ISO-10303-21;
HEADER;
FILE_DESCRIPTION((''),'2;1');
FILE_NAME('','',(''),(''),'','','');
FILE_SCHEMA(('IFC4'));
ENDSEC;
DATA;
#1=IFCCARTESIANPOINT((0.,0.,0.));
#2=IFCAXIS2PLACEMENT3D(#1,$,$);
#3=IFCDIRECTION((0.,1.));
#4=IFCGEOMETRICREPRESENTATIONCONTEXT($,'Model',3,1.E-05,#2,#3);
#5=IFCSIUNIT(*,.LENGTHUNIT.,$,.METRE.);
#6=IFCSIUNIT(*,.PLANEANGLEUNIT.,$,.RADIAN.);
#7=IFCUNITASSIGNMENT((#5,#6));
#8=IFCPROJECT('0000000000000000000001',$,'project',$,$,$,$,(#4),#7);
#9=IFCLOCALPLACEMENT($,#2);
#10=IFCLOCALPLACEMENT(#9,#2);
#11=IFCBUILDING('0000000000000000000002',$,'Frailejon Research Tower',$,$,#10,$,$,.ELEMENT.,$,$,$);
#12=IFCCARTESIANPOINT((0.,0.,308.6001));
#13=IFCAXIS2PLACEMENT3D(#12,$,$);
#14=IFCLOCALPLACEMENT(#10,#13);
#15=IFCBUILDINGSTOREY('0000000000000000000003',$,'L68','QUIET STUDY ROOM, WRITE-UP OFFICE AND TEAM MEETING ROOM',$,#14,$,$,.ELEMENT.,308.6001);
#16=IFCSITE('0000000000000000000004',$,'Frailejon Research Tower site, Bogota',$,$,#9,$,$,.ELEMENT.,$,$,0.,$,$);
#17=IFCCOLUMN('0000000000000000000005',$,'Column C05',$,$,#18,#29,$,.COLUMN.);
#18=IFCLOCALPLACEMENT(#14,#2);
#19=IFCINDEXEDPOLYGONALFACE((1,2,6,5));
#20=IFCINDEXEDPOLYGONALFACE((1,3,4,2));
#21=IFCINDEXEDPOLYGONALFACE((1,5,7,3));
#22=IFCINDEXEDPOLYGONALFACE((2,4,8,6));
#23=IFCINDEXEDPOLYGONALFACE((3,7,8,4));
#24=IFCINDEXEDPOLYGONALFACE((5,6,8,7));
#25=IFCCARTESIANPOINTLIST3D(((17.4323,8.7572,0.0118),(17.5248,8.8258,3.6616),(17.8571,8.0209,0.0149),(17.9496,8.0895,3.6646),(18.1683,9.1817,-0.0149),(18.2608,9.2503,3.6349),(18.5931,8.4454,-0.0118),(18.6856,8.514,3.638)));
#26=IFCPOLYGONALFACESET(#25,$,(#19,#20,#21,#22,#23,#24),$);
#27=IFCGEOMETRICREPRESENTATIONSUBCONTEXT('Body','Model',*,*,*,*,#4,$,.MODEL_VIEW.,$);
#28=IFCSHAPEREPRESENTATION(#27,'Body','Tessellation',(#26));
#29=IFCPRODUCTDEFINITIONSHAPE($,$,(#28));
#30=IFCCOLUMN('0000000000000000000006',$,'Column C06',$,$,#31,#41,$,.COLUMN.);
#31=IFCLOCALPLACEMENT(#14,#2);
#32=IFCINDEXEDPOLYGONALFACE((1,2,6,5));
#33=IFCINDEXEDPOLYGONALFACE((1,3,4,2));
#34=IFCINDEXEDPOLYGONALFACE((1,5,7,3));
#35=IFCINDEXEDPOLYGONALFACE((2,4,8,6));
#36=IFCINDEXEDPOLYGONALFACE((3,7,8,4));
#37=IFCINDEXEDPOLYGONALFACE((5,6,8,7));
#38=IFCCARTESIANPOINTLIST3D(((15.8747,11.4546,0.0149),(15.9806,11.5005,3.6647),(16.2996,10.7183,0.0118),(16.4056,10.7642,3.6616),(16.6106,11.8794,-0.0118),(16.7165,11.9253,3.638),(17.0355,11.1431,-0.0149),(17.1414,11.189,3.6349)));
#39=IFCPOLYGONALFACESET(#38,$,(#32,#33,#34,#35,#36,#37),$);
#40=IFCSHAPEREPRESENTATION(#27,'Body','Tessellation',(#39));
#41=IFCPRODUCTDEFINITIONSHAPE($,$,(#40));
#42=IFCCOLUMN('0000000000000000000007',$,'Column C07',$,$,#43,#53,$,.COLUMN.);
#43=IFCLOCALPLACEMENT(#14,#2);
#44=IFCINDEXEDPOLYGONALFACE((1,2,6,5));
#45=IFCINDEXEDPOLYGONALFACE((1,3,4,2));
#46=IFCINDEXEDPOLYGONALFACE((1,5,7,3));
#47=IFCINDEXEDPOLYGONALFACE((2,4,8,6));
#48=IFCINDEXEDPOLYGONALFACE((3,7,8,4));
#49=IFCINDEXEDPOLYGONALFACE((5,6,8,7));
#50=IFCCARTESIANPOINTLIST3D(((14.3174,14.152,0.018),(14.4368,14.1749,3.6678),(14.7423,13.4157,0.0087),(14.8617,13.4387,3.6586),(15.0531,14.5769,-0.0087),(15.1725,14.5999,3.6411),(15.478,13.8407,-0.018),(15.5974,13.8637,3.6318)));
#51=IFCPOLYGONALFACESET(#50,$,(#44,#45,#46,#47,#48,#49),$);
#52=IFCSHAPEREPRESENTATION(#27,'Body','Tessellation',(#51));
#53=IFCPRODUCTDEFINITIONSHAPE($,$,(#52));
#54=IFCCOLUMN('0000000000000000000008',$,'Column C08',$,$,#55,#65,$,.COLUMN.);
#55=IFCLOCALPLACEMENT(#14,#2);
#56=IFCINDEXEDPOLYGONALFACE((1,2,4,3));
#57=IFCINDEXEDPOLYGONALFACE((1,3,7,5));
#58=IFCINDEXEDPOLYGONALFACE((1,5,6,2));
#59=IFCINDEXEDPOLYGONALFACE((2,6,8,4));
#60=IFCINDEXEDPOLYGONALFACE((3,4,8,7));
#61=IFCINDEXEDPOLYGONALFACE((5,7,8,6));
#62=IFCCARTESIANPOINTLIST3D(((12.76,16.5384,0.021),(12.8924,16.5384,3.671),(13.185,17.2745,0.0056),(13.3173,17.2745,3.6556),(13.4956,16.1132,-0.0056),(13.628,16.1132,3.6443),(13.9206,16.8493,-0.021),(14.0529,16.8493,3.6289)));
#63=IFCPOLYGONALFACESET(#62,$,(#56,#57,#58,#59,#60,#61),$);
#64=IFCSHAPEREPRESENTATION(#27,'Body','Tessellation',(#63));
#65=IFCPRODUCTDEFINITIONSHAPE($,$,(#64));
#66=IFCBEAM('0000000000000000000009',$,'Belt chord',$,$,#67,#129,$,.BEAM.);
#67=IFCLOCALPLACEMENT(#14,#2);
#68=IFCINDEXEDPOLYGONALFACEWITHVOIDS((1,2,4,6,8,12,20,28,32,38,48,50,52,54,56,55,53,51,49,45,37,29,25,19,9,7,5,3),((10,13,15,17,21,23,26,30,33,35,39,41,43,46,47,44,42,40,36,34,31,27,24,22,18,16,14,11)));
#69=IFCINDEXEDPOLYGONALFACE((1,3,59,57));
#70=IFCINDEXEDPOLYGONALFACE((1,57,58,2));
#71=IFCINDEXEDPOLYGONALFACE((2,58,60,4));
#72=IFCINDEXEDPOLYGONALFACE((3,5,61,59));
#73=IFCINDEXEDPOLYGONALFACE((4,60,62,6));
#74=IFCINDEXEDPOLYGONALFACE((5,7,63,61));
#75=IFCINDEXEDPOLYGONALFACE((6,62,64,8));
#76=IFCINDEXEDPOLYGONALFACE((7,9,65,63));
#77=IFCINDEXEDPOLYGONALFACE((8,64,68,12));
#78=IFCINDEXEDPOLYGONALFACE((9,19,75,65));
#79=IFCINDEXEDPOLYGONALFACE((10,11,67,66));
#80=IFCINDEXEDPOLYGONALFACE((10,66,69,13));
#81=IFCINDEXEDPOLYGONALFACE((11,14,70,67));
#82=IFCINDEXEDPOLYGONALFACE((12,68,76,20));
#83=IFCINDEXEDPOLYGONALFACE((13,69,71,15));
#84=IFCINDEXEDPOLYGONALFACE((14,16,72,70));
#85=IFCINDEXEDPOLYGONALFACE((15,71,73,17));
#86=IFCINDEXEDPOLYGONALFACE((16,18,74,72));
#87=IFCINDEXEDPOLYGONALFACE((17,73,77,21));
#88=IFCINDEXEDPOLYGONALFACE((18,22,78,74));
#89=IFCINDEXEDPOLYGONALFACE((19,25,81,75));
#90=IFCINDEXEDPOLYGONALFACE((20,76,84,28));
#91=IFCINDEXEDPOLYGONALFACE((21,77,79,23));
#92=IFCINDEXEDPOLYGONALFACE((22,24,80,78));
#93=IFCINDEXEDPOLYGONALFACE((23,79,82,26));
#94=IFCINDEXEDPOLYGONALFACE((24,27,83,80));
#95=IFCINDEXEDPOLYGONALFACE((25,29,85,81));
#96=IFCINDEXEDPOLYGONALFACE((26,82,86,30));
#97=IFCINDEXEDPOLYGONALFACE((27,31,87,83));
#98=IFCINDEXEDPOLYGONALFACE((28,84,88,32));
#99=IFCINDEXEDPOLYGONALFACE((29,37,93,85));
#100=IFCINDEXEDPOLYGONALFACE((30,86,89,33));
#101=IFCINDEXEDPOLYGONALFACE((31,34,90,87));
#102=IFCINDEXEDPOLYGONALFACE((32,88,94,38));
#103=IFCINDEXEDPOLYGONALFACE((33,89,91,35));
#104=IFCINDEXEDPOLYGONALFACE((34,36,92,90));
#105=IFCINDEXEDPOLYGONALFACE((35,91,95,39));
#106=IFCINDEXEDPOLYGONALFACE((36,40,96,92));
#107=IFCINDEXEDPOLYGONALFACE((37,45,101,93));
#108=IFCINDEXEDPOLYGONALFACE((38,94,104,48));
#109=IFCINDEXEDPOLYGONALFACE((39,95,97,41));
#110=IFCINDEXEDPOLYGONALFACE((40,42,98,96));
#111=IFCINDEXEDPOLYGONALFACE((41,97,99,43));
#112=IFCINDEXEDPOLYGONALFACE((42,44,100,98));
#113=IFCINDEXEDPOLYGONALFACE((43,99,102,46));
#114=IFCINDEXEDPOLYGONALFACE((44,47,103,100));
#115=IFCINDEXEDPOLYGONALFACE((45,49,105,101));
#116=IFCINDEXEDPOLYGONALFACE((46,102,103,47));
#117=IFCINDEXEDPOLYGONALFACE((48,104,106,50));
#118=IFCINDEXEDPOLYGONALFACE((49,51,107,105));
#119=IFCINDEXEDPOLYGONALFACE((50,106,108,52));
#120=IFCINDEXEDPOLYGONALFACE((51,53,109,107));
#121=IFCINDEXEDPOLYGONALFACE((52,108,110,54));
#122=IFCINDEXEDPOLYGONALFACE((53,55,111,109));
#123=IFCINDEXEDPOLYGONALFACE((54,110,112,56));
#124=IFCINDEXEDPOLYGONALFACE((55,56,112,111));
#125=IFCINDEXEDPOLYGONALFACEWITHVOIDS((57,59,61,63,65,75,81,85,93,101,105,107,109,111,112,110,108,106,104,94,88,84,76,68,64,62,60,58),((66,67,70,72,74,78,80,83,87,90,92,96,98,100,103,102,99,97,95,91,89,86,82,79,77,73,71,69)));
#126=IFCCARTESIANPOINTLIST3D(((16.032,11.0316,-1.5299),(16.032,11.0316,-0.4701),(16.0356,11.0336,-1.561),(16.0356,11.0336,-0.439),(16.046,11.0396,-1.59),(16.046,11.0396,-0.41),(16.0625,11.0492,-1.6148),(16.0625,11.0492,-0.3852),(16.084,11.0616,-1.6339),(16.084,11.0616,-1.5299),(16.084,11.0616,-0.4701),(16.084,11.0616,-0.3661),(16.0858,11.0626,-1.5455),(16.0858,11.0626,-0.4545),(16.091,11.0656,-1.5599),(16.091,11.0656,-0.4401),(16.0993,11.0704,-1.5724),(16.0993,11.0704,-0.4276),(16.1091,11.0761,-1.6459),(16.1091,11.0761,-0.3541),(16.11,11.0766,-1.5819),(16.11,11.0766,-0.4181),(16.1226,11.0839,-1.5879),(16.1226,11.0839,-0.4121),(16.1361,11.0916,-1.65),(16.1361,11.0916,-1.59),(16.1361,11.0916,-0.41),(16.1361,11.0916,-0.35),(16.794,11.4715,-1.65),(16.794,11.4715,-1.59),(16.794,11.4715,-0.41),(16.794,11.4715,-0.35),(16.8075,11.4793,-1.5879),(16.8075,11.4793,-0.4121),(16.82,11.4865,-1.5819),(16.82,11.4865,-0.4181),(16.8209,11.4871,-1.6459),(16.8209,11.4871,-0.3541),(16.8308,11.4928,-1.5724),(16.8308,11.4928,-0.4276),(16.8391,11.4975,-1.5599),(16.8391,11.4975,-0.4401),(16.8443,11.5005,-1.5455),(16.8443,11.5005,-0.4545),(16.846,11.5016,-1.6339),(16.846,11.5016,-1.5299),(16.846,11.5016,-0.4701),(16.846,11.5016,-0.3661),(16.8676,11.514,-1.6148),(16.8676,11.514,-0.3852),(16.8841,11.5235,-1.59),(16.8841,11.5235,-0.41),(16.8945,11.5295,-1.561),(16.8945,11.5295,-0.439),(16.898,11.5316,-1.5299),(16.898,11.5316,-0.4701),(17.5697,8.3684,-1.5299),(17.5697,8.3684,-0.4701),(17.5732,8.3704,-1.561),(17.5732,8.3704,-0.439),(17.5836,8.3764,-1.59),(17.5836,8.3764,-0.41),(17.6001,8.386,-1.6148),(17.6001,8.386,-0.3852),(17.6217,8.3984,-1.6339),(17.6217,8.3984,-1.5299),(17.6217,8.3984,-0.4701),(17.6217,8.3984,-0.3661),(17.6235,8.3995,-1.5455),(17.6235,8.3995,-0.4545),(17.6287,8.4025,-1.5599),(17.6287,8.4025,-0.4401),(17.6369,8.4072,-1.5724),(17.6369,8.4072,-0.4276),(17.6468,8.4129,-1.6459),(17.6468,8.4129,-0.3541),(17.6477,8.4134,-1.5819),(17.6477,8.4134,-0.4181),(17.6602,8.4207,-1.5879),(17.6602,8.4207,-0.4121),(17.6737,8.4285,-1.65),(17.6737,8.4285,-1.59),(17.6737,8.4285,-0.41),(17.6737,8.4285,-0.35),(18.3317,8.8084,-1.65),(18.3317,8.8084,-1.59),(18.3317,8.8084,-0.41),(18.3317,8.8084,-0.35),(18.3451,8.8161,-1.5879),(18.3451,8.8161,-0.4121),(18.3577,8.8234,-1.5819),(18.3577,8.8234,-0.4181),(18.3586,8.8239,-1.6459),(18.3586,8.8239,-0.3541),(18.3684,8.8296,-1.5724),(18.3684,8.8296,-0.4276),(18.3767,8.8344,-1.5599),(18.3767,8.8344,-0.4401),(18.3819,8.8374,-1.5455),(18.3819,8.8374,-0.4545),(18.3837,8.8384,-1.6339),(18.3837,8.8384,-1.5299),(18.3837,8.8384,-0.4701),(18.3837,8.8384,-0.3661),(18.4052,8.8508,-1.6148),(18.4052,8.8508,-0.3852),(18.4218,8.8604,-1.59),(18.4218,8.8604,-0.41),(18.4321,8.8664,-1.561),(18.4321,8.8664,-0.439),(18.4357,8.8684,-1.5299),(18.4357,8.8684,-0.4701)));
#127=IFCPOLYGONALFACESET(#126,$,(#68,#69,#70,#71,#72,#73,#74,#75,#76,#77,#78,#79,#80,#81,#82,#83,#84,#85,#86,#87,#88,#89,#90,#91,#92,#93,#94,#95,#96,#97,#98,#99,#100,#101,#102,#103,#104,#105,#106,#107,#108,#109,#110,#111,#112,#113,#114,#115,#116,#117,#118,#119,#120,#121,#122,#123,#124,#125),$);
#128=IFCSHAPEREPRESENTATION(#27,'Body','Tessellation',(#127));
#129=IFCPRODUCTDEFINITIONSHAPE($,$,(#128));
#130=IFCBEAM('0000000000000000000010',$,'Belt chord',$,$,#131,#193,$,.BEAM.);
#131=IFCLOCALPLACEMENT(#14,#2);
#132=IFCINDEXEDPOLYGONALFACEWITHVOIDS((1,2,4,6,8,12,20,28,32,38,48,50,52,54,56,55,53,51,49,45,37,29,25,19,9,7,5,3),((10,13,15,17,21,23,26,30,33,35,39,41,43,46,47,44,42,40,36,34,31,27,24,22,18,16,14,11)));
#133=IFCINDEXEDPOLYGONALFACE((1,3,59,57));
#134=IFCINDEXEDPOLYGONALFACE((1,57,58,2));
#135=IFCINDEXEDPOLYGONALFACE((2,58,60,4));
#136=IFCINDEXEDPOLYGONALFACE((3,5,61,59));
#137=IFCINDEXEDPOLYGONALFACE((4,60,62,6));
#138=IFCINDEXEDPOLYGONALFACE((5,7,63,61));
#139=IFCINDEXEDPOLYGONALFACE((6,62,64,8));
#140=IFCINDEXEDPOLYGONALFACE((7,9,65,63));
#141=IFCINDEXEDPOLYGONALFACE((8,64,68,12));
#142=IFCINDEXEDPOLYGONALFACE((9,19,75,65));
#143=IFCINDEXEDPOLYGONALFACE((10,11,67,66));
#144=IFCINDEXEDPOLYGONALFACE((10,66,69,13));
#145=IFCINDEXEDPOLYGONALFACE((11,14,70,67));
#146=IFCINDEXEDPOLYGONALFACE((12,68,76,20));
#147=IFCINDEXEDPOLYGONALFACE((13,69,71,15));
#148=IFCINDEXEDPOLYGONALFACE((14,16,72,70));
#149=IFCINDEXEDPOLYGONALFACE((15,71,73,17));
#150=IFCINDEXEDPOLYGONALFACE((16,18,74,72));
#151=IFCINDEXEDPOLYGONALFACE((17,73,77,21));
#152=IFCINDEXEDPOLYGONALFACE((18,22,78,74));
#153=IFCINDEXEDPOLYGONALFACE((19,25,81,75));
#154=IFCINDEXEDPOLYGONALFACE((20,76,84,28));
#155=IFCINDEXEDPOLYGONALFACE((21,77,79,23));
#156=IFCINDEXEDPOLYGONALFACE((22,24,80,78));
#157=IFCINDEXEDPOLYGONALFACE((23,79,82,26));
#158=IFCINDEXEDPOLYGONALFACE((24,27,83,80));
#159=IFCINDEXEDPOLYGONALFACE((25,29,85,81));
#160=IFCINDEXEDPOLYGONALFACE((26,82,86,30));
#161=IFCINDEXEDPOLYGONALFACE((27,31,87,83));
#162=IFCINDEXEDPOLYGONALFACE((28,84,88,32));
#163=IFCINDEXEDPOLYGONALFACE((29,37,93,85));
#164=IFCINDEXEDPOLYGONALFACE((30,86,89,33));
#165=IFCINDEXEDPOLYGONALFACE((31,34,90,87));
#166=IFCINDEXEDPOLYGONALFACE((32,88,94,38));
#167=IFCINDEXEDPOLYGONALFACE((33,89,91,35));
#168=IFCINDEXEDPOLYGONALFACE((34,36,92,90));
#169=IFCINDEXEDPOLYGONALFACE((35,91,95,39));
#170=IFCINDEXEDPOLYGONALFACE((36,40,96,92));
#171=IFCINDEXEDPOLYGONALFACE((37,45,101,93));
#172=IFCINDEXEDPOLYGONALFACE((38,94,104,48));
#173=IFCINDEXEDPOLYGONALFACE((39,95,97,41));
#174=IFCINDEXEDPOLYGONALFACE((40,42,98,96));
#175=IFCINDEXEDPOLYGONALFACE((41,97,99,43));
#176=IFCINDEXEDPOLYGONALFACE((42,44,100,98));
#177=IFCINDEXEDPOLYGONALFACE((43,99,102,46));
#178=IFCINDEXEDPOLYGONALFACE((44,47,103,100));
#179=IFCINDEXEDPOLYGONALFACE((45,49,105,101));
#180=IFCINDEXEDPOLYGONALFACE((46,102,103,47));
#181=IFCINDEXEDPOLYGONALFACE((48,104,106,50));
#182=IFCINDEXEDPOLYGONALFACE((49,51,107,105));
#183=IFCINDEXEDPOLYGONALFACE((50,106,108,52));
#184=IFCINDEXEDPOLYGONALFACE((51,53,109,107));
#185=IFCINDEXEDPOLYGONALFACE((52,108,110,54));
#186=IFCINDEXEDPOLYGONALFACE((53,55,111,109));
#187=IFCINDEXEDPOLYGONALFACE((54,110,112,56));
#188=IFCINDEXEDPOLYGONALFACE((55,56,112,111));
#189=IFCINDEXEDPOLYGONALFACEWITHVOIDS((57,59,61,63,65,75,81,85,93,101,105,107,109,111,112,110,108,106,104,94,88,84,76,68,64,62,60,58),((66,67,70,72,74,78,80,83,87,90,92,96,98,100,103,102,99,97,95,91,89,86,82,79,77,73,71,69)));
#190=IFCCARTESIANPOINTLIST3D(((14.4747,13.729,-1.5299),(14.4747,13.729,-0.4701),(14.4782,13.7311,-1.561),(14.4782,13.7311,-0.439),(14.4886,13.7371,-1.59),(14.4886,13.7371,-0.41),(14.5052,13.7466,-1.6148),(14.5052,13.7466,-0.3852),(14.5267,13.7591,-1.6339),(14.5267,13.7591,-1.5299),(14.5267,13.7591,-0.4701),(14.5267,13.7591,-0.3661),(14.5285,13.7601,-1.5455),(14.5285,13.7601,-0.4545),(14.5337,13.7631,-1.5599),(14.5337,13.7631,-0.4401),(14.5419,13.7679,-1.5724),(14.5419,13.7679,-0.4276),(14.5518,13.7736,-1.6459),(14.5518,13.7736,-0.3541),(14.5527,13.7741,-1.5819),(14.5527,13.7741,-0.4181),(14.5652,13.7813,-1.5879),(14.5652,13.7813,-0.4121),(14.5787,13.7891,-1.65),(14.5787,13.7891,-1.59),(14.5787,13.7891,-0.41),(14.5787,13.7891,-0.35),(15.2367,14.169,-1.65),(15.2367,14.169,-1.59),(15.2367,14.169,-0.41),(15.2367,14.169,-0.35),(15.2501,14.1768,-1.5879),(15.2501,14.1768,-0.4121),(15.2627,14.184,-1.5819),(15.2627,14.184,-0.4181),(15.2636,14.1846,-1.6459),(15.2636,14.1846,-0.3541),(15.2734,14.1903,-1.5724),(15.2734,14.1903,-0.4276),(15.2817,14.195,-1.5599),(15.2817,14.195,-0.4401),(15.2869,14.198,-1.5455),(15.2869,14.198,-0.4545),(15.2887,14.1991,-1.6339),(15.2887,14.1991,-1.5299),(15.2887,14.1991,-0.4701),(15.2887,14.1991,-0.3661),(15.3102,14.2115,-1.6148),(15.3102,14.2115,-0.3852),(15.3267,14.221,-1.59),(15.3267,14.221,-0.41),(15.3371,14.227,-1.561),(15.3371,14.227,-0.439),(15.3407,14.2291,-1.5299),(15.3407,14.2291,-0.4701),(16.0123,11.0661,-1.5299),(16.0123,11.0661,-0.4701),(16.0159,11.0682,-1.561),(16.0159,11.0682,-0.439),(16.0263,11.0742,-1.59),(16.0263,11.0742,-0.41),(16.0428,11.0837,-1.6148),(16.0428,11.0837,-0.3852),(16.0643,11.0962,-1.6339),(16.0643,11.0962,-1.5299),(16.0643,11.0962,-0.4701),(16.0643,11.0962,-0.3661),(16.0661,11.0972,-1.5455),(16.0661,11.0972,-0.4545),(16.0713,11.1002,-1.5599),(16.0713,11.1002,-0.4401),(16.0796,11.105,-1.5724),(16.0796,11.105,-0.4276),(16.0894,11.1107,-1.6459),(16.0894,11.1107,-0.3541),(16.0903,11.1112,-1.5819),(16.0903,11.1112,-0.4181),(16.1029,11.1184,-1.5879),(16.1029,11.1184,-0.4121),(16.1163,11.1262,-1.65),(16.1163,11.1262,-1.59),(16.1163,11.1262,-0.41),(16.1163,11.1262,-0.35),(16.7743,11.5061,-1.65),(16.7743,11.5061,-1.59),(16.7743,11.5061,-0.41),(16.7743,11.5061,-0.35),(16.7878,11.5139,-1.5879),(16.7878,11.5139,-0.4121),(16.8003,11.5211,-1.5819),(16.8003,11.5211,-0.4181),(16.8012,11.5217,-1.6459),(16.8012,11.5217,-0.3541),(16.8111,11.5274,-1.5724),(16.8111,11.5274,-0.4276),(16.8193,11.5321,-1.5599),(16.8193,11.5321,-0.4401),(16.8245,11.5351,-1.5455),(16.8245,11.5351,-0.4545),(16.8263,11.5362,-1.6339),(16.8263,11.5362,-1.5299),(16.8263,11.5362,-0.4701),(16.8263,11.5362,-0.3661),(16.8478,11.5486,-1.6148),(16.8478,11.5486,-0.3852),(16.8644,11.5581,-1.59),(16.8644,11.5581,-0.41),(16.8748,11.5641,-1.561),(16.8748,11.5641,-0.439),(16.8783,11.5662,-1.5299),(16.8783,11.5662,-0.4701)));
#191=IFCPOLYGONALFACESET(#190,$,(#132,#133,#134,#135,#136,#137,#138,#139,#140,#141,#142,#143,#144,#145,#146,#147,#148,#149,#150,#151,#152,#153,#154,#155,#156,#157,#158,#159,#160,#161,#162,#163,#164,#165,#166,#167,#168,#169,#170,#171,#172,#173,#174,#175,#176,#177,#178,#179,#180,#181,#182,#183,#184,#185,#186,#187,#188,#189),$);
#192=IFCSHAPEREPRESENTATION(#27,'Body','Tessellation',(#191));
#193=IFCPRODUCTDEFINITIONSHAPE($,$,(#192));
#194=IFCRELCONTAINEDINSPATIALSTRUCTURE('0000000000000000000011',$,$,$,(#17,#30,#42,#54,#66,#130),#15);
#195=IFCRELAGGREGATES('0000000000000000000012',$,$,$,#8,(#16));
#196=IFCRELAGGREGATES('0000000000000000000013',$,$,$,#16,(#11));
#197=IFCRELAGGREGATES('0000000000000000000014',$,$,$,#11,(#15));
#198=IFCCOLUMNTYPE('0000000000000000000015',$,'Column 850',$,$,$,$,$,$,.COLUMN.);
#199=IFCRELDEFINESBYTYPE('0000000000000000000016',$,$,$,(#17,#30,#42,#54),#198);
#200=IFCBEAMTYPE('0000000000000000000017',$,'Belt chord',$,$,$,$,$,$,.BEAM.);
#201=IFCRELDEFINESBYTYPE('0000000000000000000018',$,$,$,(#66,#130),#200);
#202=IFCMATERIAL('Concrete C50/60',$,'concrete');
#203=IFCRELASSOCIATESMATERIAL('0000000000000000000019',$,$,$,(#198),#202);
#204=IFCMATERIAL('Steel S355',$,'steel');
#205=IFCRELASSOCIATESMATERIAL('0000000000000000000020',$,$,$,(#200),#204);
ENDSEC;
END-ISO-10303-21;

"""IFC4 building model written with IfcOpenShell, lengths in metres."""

from ifc_helpers import new_model, si_unit, direction, frame, origin, origin_2d, place, context, subcontext, project, spatial, rectangle, hollow_rectangle, extrude, material, material_profile, profile_set, type_object, element, save


model = new_model("IFC4")

# Units and contexts
model_context = context("Model", 3, precision=1e-05, world=origin(), true_north=direction((0.0, 1.0)))
body_context = subcontext(model_context, "Body", "Model", "MODEL_VIEW")
ifc_project = project(units=[si_unit("LENGTHUNIT", "METRE"), si_unit("PLANEANGLEUNIT", "RADIAN")], contexts=[model_context])

# Site, building, storey
site_placement = place(None, origin())
site = spatial("IfcSite", under=ifc_project, at=site_placement, Name="Frailejon Research Tower site, Bogota", CompositionType="ELEMENT", RefElevation=0.0)
building_placement = place(site_placement, origin())
building = spatial("IfcBuilding", under=site, at=building_placement, Name="Frailejon Research Tower", CompositionType="ELEMENT")
storey_placement = place(building_placement, frame((0.0, 0.0, 308.6001)))
storey = spatial("IfcBuildingStorey", under=building, at=storey_placement, Name="L68", Description="QUIET STUDY ROOM, WRITE-UP OFFICE AND TEAM MEETING ROOM", CompositionType="ELEMENT", Elevation=308.6001)

# Columns
ifc_material_1 = material(Name="Concrete C50/60", Category="concrete")
ifc_material_profile_1 = material_profile(ifc_material_1, rectangle(XDim=0.8501, YDim=0.8501, at=origin_2d()), Name="Column 850")
ifc_profile_set_1 = profile_set([ifc_material_profile_1], Name="Concrete C50/60")
column_type = type_object("IfcColumnType", Name="Column 850", PredefinedType="COLUMN", material=ifc_profile_set_1)
for number, where, z_axis, x_axis, name in (
    (1, (18.0127, 8.6013, 0.0), (0.025339, 0.018787, 0.999502), (-0.499703, 0.866189, -0.003613), "Column C05"),
    (2, (16.4551, 11.2988, 0.0), (0.029016, 0.012569, 0.9995), (-0.499849, 0.866105, 0.003619), "Column C06"),
):
    element("IfcColumn", number, at=place(storey_placement, frame(where, z_axis=z_axis, x_axis=x_axis)), inside=storey, type_object=column_type, Name=name, PredefinedType="COLUMN", context=body_context, shape_type="SweptSolid", body=[
        extrude(rectangle(XDim=0.8501, YDim=0.8501, at=origin_2d()), origin(), (0.0, 0.0, 1.0), 3.6516),
    ])
column_1_placement = place(storey_placement, frame((14.8977, 13.9963, 0.0), z_axis=(0.032691, 0.006284, 0.999446), x_axis=(-0.499829, 0.866055, 0.010903)))
element("IfcColumn", 3, at=column_1_placement, inside=storey, type_object=column_type, Name="Column C07", PredefinedType="COLUMN", context=body_context, shape_type="SweptSolid", body=[
    extrude(rectangle(XDim=0.8501, YDim=0.8501, at=origin_2d()), origin(), (0.0, 0.0, 1.0), 3.6519),
])
column_2_placement = place(storey_placement, frame((13.3403, 16.6938, 0.0), z_axis=(0.03623, 0.0, 0.999343), x_axis=(-0.865315, 0.500246, 0.031371)))
element("IfcColumn", 4, at=column_2_placement, inside=storey, type_object=column_type, Name="Column C08", PredefinedType="COLUMN", context=body_context, shape_type="SweptSolid", body=[
    extrude(rectangle(XDim=0.8501, YDim=0.8501, at=origin_2d()), origin(), (0.0, 0.0, 1.0), 3.6523),
])

# Beams
ifc_material_2 = material(Name="Steel S355", Category="steel")
ifc_material_profile_2 = material_profile(ifc_material_2, hollow_rectangle(XDim=1.0, YDim=1.3, WallThickness=0.0601, InnerFilletRadius=0.0601, OuterFilletRadius=0.1201, at=origin_2d()), Name="Belt chord")
ifc_profile_set_2 = profile_set([ifc_material_profile_2], Name="Steel S355")
beam_type_1 = type_object("IfcBeamType", Name="Belt chord", PredefinedType="BEAM", material=ifc_profile_set_2)
beam_1_placement = place(storey_placement, frame((18.0027, 8.6184, -1.0), z_axis=(-0.500016, 0.866016, 0.0), x_axis=(-0.866016, -0.500016, 0.0)))
element("IfcBeam", 5, at=beam_1_placement, inside=storey, type_object=beam_type_1, Name="Belt chord", PredefinedType="BEAM", context=body_context, shape_type="SweptSolid", body=[
    extrude(hollow_rectangle(XDim=1.0, YDim=1.3, WallThickness=0.0601, InnerFilletRadius=0.0601, OuterFilletRadius=0.1201, at=origin_2d()), origin(), (0.0, 0.0, 1.0), 3.0752),
])
beam_2_placement = place(storey_placement, frame((16.4453, 11.3162, -1.0), z_axis=(-0.50005, 0.865997, 0.0), x_axis=(-0.865997, -0.50005, 0.0)))
element("IfcBeam", 6, at=beam_2_placement, inside=storey, type_object=beam_type_1, Name="Belt chord", PredefinedType="BEAM", context=body_context, shape_type="SweptSolid", body=[
    extrude(hollow_rectangle(XDim=1.0, YDim=1.3, WallThickness=0.0601, InnerFilletRadius=0.0601, OuterFilletRadius=0.1201, at=origin_2d()), origin(), (0.0, 0.0, 1.0), 3.075),
])

save(model, "model.ifc")
